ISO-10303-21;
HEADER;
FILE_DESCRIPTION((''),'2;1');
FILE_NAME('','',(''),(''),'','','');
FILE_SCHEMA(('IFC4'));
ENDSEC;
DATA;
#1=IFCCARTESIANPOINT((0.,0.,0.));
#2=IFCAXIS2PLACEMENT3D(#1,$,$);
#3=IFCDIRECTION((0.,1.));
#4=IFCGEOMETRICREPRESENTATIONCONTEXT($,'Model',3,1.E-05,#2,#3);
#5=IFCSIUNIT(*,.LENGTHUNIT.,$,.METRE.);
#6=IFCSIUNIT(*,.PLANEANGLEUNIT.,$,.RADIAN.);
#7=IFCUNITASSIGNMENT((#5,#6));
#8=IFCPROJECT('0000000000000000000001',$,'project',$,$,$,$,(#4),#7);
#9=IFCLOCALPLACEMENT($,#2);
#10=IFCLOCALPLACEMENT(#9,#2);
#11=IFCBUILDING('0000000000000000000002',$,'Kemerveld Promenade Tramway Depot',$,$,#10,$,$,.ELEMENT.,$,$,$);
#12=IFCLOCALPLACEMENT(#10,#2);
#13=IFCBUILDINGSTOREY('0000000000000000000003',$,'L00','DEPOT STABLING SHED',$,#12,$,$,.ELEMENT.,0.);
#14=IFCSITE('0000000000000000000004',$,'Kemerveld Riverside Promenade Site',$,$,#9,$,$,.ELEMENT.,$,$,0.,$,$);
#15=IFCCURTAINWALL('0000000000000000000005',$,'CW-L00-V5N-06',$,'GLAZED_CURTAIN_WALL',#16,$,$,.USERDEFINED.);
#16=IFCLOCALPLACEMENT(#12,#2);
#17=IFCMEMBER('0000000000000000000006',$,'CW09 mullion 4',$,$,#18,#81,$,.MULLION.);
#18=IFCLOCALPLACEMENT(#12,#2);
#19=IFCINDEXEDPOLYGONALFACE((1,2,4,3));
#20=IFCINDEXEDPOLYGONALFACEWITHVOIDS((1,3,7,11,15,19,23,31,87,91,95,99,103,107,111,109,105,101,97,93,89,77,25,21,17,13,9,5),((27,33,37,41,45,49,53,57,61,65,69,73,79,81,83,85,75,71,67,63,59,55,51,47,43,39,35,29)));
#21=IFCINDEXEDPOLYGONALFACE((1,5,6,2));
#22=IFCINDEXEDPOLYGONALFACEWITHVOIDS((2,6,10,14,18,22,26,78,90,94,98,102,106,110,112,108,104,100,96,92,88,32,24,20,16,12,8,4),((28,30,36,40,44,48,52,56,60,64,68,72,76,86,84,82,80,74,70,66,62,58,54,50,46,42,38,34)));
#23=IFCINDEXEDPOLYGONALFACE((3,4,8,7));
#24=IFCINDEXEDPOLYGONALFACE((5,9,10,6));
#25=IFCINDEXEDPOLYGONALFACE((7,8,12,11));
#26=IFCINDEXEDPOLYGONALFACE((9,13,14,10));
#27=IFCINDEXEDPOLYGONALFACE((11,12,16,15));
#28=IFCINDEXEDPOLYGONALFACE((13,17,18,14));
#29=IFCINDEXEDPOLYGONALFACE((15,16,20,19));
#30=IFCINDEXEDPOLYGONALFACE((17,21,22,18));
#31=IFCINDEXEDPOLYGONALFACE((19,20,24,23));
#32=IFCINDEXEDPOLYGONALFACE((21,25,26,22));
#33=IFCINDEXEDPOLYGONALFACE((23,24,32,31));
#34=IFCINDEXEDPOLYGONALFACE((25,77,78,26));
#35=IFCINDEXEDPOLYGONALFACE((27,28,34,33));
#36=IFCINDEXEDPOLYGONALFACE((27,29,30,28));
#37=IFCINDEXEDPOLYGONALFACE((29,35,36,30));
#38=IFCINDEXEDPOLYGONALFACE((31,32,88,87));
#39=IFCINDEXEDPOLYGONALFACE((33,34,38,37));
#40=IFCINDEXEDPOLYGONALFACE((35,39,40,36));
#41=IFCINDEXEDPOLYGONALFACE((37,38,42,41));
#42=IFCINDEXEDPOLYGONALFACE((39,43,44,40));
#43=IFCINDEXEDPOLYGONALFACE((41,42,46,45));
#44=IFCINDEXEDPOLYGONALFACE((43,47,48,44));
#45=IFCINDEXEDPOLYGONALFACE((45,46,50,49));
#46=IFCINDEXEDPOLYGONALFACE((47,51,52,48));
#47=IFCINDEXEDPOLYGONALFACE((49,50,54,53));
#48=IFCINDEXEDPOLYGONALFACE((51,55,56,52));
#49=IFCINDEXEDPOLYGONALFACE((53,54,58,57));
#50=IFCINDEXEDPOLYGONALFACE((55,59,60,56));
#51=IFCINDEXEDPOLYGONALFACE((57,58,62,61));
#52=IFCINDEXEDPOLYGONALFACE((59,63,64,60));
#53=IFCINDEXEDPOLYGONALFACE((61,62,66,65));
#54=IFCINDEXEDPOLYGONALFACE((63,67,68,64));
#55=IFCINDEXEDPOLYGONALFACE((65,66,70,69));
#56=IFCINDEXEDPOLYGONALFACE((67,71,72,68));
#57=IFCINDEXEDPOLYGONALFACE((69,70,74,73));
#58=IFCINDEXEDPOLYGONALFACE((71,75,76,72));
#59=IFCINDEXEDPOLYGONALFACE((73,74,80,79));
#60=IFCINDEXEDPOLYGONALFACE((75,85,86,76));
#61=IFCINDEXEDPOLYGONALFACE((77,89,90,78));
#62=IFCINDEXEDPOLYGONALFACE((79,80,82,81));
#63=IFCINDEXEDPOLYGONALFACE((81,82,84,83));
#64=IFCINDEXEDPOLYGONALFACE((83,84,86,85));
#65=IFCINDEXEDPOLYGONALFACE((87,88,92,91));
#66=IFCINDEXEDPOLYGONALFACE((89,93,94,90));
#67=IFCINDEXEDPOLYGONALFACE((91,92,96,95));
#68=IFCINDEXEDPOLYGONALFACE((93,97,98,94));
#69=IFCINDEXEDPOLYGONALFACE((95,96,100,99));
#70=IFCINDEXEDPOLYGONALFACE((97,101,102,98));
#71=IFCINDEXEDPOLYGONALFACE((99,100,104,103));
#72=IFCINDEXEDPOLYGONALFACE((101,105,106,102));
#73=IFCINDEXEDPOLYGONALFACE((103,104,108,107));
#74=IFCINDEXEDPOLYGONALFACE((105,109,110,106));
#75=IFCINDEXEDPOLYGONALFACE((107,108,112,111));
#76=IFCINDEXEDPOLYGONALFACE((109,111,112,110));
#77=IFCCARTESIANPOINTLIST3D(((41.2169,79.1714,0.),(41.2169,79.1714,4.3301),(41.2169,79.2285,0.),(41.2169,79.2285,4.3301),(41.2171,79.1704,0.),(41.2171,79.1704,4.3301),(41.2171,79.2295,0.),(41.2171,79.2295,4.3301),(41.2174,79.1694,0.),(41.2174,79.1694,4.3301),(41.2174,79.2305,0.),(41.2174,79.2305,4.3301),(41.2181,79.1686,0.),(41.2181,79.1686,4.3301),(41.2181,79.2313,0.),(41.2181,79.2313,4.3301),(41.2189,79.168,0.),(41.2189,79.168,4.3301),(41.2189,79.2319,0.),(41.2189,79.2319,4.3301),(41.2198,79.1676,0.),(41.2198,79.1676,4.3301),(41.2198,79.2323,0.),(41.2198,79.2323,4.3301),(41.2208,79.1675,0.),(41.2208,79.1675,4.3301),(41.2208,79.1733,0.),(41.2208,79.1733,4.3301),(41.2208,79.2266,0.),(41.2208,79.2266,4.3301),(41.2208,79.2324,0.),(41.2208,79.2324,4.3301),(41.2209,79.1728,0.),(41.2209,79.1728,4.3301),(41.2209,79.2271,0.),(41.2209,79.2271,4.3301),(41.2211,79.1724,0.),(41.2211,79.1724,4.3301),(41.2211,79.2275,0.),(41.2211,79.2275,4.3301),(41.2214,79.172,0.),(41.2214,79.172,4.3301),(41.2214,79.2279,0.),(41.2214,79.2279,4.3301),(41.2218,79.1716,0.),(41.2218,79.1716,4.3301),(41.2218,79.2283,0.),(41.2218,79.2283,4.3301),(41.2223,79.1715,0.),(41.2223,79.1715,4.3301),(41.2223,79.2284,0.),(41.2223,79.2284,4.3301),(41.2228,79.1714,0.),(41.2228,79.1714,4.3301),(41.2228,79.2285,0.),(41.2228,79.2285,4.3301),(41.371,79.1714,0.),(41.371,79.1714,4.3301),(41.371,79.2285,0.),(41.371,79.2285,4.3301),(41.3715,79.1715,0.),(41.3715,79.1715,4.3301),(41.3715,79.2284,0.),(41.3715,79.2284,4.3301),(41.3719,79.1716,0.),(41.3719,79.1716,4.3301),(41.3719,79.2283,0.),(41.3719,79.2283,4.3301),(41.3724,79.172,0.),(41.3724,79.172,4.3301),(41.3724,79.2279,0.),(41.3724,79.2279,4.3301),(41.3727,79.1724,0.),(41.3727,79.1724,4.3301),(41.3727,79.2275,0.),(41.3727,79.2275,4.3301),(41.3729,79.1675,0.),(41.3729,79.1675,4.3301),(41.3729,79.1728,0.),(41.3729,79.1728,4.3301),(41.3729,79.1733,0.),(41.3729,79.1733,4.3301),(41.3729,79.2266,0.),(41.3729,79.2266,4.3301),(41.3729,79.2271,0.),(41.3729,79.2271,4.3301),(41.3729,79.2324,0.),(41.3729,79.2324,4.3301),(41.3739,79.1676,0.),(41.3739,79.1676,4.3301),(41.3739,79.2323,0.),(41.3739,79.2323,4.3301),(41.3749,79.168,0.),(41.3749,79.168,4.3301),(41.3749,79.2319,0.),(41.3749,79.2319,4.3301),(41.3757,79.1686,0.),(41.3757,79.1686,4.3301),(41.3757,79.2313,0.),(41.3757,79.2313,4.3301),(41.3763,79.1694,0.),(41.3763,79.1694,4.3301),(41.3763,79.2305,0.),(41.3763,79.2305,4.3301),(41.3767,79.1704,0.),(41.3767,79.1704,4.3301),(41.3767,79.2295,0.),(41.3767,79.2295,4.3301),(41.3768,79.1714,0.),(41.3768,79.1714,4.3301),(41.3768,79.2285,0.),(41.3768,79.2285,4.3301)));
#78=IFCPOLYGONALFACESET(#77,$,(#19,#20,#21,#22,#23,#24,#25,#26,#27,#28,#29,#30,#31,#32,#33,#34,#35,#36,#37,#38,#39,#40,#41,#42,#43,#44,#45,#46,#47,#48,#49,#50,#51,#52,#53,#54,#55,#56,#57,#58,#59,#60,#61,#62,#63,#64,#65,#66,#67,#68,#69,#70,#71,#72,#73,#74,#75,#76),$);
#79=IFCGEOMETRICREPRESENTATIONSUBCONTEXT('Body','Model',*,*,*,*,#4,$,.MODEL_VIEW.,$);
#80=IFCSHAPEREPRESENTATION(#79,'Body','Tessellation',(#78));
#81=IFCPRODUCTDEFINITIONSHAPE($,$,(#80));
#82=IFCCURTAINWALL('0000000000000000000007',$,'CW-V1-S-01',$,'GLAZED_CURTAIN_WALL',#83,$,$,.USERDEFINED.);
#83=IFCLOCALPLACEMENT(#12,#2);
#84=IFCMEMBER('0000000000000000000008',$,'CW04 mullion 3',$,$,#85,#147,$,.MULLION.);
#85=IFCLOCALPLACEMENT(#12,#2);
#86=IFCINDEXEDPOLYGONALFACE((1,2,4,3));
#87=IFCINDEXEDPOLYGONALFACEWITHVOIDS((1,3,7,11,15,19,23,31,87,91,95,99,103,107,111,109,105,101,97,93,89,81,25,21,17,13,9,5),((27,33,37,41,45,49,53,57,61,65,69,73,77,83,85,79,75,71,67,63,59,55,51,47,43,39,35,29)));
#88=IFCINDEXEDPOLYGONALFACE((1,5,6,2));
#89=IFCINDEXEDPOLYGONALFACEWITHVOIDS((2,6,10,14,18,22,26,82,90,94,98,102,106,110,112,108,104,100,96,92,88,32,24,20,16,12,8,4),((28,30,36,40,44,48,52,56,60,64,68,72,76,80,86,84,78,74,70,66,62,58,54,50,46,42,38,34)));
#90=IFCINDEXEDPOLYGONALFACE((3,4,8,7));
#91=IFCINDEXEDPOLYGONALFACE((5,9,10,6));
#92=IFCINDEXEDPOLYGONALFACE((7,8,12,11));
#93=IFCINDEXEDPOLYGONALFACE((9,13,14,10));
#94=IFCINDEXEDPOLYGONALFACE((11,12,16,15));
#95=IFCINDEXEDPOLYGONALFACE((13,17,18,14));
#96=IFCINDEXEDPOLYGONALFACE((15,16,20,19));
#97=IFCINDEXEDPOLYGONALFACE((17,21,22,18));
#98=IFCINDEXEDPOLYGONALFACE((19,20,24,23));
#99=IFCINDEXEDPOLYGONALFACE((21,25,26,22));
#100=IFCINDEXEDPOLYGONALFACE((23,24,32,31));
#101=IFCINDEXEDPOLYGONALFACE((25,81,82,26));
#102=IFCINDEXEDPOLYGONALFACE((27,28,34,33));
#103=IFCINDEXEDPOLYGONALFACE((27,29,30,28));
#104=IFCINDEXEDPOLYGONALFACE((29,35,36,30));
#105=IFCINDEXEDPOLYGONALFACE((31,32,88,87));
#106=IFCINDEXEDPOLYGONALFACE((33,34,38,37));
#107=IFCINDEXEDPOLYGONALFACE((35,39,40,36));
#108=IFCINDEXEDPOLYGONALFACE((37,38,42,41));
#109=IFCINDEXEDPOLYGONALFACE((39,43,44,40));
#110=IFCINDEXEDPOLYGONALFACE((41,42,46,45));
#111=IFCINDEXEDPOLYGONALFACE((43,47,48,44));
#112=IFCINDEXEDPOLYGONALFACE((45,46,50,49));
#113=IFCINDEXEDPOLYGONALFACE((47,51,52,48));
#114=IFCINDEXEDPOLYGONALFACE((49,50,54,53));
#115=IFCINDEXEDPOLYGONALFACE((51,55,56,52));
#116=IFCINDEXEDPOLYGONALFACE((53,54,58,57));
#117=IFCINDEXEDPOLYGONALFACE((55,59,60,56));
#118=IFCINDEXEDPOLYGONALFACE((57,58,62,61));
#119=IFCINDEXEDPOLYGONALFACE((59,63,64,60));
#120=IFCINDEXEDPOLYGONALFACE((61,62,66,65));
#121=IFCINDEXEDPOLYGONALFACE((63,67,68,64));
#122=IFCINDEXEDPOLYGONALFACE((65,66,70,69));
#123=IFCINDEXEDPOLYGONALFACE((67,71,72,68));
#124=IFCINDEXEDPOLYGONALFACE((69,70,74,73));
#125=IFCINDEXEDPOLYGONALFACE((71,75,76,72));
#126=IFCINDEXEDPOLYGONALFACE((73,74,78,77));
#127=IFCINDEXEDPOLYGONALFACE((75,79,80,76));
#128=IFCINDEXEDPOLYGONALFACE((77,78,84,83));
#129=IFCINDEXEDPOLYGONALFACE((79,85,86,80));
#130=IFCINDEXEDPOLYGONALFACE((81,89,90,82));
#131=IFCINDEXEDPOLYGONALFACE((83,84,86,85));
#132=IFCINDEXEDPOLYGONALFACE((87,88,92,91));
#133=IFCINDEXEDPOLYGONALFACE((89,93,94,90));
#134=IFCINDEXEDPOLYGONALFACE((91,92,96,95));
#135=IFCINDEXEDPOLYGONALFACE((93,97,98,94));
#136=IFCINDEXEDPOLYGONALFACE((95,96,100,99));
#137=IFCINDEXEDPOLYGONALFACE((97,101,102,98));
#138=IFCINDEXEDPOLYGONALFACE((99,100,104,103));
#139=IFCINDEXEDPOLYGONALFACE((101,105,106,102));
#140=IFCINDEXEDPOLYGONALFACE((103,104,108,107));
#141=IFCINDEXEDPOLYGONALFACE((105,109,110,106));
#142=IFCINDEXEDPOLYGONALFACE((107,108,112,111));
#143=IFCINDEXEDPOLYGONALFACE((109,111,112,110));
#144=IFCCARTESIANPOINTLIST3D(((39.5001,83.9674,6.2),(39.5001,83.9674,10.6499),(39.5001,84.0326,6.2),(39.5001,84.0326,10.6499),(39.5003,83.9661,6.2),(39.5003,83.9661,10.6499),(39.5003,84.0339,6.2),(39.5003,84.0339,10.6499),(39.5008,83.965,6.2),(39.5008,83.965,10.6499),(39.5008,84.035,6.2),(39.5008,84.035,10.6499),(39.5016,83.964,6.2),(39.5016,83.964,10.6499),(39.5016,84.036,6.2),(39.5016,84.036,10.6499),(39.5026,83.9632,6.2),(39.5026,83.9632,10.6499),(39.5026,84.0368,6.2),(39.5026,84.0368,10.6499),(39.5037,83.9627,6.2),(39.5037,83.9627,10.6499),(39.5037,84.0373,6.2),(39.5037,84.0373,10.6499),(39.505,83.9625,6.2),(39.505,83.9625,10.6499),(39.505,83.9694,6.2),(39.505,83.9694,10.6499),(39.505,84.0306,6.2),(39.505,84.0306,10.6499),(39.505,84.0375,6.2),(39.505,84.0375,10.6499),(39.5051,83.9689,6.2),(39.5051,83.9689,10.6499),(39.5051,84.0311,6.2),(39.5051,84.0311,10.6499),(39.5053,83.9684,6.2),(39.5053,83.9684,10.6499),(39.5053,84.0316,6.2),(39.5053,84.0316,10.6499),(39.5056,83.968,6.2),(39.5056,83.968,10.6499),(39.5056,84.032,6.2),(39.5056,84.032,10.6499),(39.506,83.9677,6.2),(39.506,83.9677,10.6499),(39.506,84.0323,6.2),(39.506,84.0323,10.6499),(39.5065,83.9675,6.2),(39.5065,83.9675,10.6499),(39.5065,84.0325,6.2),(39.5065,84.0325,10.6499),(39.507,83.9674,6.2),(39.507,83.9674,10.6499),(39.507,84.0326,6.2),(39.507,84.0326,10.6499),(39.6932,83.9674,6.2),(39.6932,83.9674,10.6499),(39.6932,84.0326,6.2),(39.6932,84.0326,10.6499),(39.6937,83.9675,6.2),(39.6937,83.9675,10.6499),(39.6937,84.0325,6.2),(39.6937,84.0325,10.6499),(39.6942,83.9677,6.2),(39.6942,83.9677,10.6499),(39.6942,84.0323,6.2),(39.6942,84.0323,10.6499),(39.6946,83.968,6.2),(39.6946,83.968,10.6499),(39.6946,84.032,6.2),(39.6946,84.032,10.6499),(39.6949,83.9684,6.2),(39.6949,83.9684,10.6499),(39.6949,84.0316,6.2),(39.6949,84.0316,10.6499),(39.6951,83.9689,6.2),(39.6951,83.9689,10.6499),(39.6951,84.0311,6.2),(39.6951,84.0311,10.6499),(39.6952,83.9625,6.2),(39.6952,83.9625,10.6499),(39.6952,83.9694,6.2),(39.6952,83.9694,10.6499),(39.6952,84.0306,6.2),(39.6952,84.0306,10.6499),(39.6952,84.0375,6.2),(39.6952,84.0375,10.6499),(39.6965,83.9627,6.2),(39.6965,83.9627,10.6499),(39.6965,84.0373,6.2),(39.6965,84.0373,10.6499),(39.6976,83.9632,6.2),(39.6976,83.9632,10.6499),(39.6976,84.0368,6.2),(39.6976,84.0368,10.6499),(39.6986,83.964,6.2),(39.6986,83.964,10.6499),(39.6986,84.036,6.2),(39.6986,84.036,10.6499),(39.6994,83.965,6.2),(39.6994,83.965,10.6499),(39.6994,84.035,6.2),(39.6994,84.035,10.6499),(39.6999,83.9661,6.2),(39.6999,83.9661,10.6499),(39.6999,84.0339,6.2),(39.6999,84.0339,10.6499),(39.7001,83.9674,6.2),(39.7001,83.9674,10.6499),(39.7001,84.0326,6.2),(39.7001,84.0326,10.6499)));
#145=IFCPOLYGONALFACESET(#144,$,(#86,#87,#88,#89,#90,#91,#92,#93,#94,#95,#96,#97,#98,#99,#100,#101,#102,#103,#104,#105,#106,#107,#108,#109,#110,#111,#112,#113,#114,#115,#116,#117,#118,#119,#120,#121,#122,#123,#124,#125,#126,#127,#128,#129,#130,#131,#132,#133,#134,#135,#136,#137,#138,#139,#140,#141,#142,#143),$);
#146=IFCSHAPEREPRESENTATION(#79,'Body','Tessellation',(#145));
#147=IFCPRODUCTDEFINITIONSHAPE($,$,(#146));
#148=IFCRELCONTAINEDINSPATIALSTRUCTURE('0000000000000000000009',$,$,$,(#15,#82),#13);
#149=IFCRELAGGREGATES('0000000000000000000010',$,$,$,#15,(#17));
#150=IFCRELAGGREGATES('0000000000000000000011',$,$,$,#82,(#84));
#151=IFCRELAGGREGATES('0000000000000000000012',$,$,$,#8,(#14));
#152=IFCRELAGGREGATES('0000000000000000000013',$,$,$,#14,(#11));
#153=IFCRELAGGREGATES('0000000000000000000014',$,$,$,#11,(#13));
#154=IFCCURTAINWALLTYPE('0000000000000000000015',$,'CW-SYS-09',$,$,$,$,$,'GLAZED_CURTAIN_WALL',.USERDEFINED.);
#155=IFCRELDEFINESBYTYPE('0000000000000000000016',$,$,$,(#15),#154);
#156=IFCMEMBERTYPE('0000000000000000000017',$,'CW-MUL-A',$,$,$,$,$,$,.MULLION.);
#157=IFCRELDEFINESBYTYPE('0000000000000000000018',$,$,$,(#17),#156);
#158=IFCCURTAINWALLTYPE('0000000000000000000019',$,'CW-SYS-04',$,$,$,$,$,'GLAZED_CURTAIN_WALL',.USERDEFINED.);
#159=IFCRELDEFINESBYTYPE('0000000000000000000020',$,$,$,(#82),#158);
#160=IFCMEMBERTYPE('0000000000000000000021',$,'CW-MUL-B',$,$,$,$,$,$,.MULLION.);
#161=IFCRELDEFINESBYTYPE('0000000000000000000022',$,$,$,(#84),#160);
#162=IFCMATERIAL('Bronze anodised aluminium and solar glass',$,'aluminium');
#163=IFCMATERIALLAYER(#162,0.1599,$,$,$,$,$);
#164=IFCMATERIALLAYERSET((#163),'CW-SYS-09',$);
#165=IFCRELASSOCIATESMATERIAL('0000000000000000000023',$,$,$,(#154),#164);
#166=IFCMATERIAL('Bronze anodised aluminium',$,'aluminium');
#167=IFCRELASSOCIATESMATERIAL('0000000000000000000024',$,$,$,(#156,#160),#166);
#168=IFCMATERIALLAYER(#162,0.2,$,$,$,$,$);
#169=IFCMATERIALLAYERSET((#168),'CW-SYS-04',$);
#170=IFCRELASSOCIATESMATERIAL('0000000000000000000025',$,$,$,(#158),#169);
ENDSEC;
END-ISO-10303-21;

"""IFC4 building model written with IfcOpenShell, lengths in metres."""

from ifc_helpers import new_model, si_unit, direction, frame, origin, origin_2d, place, context, subcontext, project, spatial, hollow_rectangle, extrude, material, layer, layer_set, material_profile, profile_set, type_object, element, aggregate, save


model = new_model("IFC4")

# Units and contexts
model_context = context("Model", 3, precision=1e-05, world=origin(), true_north=direction((0.0, 1.0)))
body_context = subcontext(model_context, "Body", "Model", "MODEL_VIEW")
ifc_project = project(units=[si_unit("LENGTHUNIT", "METRE"), si_unit("PLANEANGLEUNIT", "RADIAN")], contexts=[model_context])

# Site, building, storey
site_placement = place(None, origin())
site = spatial("IfcSite", under=ifc_project, at=site_placement, Name="Kemerveld Riverside Promenade Site", CompositionType="ELEMENT", RefElevation=0.0)
building_placement = place(site_placement, origin())
building = spatial("IfcBuilding", under=site, at=building_placement, Name="Kemerveld Promenade Tramway Depot", CompositionType="ELEMENT")
storey_placement = place(building_placement, origin())
storey = spatial("IfcBuildingStorey", under=building, at=storey_placement, Name="L00", Description="DEPOT STABLING SHED", CompositionType="ELEMENT", Elevation=0.0)

# Curtain wall, member
ifc_material_1 = material(Name="Bronze anodised aluminium and solar glass", Category="aluminium")
ifc_layer_1 = layer(ifc_material_1, 0.1599)
ifc_layer_set_1 = layer_set([ifc_layer_1], Name="CW-SYS-09")
curtain_wall_type_1 = type_object("IfcCurtainWallType", Name="CW-SYS-09", ElementType="GLAZED_CURTAIN_WALL", PredefinedType="USERDEFINED", material=ifc_layer_set_1)
curtain_wall_1_placement = place(storey_placement, origin())
curtain_wall_1 = element("IfcCurtainWall", 1, at=curtain_wall_1_placement, inside=storey, type_object=curtain_wall_type_1, Name="CW-L00-V5N-06", ObjectType="GLAZED_CURTAIN_WALL", PredefinedType="USERDEFINED")
ifc_material_2 = material(Name="Bronze anodised aluminium", Category="aluminium")
ifc_material_profile_1 = material_profile(ifc_material_2, hollow_rectangle(XDim=0.0649, YDim=0.1599, WallThickness=0.0039, InnerFilletRadius=0.002, OuterFilletRadius=0.0039, at=origin_2d()), Name="CW-MUL-160x65")
ifc_profile_set_1 = profile_set([ifc_material_profile_1], Name="Bronze anodised aluminium")
member_type_1 = type_object("IfcMemberType", Name="CW-MUL-A", PredefinedType="MULLION", material=ifc_profile_set_1)
member_1_placement = place(storey_placement, frame((41.2969, 79.2, 0.0), z_axis=(0.0, 0.0, 1.0), x_axis=(0.0, 1.0, 0.0)))
member_1 = element("IfcMember", 2, at=member_1_placement, type_object=member_type_1, Name="CW09 mullion 4", PredefinedType="MULLION", context=body_context, shape_type="SweptSolid", body=[
    extrude(hollow_rectangle(XDim=0.0649, YDim=0.1599, WallThickness=0.0039, InnerFilletRadius=0.002, OuterFilletRadius=0.0039, at=origin_2d()), origin(), (0.0, 0.0, 1.0), 4.3301),
])

# Curtain wall, member
ifc_layer_2 = layer(ifc_material_1, 0.2)
ifc_layer_set_2 = layer_set([ifc_layer_2], Name="CW-SYS-04")
curtain_wall_type_2 = type_object("IfcCurtainWallType", Name="CW-SYS-04", ElementType="GLAZED_CURTAIN_WALL", PredefinedType="USERDEFINED", material=ifc_layer_set_2)
curtain_wall_2_placement = place(storey_placement, origin())
curtain_wall_2 = element("IfcCurtainWall", 3, at=curtain_wall_2_placement, inside=storey, type_object=curtain_wall_type_2, Name="CW-V1-S-01", ObjectType="GLAZED_CURTAIN_WALL", PredefinedType="USERDEFINED")
ifc_material_profile_2 = material_profile(ifc_material_2, hollow_rectangle(XDim=0.075, YDim=0.2, WallThickness=0.0049, InnerFilletRadius=0.002, OuterFilletRadius=0.0049, at=origin_2d()), Name="CW-MUL-200x75")
ifc_profile_set_2 = profile_set([ifc_material_profile_2], Name="Bronze anodised aluminium")
member_type_2 = type_object("IfcMemberType", Name="CW-MUL-B", PredefinedType="MULLION", material=ifc_profile_set_2)
member_2_placement = place(storey_placement, frame((39.6001, 84.0, 6.2), z_axis=(0.0, 0.0, 1.0), x_axis=(0.0, -1.0, 0.0)))
member_2 = element("IfcMember", 4, at=member_2_placement, type_object=member_type_2, Name="CW04 mullion 3", PredefinedType="MULLION", context=body_context, shape_type="SweptSolid", body=[
    extrude(hollow_rectangle(XDim=0.075, YDim=0.2, WallThickness=0.0049, InnerFilletRadius=0.002, OuterFilletRadius=0.0049, at=origin_2d()), origin(), (0.0, 0.0, 1.0), 4.45),
])

aggregate(curtain_wall_1, [member_1])
aggregate(curtain_wall_2, [member_2])

save(model, "model.ifc")
